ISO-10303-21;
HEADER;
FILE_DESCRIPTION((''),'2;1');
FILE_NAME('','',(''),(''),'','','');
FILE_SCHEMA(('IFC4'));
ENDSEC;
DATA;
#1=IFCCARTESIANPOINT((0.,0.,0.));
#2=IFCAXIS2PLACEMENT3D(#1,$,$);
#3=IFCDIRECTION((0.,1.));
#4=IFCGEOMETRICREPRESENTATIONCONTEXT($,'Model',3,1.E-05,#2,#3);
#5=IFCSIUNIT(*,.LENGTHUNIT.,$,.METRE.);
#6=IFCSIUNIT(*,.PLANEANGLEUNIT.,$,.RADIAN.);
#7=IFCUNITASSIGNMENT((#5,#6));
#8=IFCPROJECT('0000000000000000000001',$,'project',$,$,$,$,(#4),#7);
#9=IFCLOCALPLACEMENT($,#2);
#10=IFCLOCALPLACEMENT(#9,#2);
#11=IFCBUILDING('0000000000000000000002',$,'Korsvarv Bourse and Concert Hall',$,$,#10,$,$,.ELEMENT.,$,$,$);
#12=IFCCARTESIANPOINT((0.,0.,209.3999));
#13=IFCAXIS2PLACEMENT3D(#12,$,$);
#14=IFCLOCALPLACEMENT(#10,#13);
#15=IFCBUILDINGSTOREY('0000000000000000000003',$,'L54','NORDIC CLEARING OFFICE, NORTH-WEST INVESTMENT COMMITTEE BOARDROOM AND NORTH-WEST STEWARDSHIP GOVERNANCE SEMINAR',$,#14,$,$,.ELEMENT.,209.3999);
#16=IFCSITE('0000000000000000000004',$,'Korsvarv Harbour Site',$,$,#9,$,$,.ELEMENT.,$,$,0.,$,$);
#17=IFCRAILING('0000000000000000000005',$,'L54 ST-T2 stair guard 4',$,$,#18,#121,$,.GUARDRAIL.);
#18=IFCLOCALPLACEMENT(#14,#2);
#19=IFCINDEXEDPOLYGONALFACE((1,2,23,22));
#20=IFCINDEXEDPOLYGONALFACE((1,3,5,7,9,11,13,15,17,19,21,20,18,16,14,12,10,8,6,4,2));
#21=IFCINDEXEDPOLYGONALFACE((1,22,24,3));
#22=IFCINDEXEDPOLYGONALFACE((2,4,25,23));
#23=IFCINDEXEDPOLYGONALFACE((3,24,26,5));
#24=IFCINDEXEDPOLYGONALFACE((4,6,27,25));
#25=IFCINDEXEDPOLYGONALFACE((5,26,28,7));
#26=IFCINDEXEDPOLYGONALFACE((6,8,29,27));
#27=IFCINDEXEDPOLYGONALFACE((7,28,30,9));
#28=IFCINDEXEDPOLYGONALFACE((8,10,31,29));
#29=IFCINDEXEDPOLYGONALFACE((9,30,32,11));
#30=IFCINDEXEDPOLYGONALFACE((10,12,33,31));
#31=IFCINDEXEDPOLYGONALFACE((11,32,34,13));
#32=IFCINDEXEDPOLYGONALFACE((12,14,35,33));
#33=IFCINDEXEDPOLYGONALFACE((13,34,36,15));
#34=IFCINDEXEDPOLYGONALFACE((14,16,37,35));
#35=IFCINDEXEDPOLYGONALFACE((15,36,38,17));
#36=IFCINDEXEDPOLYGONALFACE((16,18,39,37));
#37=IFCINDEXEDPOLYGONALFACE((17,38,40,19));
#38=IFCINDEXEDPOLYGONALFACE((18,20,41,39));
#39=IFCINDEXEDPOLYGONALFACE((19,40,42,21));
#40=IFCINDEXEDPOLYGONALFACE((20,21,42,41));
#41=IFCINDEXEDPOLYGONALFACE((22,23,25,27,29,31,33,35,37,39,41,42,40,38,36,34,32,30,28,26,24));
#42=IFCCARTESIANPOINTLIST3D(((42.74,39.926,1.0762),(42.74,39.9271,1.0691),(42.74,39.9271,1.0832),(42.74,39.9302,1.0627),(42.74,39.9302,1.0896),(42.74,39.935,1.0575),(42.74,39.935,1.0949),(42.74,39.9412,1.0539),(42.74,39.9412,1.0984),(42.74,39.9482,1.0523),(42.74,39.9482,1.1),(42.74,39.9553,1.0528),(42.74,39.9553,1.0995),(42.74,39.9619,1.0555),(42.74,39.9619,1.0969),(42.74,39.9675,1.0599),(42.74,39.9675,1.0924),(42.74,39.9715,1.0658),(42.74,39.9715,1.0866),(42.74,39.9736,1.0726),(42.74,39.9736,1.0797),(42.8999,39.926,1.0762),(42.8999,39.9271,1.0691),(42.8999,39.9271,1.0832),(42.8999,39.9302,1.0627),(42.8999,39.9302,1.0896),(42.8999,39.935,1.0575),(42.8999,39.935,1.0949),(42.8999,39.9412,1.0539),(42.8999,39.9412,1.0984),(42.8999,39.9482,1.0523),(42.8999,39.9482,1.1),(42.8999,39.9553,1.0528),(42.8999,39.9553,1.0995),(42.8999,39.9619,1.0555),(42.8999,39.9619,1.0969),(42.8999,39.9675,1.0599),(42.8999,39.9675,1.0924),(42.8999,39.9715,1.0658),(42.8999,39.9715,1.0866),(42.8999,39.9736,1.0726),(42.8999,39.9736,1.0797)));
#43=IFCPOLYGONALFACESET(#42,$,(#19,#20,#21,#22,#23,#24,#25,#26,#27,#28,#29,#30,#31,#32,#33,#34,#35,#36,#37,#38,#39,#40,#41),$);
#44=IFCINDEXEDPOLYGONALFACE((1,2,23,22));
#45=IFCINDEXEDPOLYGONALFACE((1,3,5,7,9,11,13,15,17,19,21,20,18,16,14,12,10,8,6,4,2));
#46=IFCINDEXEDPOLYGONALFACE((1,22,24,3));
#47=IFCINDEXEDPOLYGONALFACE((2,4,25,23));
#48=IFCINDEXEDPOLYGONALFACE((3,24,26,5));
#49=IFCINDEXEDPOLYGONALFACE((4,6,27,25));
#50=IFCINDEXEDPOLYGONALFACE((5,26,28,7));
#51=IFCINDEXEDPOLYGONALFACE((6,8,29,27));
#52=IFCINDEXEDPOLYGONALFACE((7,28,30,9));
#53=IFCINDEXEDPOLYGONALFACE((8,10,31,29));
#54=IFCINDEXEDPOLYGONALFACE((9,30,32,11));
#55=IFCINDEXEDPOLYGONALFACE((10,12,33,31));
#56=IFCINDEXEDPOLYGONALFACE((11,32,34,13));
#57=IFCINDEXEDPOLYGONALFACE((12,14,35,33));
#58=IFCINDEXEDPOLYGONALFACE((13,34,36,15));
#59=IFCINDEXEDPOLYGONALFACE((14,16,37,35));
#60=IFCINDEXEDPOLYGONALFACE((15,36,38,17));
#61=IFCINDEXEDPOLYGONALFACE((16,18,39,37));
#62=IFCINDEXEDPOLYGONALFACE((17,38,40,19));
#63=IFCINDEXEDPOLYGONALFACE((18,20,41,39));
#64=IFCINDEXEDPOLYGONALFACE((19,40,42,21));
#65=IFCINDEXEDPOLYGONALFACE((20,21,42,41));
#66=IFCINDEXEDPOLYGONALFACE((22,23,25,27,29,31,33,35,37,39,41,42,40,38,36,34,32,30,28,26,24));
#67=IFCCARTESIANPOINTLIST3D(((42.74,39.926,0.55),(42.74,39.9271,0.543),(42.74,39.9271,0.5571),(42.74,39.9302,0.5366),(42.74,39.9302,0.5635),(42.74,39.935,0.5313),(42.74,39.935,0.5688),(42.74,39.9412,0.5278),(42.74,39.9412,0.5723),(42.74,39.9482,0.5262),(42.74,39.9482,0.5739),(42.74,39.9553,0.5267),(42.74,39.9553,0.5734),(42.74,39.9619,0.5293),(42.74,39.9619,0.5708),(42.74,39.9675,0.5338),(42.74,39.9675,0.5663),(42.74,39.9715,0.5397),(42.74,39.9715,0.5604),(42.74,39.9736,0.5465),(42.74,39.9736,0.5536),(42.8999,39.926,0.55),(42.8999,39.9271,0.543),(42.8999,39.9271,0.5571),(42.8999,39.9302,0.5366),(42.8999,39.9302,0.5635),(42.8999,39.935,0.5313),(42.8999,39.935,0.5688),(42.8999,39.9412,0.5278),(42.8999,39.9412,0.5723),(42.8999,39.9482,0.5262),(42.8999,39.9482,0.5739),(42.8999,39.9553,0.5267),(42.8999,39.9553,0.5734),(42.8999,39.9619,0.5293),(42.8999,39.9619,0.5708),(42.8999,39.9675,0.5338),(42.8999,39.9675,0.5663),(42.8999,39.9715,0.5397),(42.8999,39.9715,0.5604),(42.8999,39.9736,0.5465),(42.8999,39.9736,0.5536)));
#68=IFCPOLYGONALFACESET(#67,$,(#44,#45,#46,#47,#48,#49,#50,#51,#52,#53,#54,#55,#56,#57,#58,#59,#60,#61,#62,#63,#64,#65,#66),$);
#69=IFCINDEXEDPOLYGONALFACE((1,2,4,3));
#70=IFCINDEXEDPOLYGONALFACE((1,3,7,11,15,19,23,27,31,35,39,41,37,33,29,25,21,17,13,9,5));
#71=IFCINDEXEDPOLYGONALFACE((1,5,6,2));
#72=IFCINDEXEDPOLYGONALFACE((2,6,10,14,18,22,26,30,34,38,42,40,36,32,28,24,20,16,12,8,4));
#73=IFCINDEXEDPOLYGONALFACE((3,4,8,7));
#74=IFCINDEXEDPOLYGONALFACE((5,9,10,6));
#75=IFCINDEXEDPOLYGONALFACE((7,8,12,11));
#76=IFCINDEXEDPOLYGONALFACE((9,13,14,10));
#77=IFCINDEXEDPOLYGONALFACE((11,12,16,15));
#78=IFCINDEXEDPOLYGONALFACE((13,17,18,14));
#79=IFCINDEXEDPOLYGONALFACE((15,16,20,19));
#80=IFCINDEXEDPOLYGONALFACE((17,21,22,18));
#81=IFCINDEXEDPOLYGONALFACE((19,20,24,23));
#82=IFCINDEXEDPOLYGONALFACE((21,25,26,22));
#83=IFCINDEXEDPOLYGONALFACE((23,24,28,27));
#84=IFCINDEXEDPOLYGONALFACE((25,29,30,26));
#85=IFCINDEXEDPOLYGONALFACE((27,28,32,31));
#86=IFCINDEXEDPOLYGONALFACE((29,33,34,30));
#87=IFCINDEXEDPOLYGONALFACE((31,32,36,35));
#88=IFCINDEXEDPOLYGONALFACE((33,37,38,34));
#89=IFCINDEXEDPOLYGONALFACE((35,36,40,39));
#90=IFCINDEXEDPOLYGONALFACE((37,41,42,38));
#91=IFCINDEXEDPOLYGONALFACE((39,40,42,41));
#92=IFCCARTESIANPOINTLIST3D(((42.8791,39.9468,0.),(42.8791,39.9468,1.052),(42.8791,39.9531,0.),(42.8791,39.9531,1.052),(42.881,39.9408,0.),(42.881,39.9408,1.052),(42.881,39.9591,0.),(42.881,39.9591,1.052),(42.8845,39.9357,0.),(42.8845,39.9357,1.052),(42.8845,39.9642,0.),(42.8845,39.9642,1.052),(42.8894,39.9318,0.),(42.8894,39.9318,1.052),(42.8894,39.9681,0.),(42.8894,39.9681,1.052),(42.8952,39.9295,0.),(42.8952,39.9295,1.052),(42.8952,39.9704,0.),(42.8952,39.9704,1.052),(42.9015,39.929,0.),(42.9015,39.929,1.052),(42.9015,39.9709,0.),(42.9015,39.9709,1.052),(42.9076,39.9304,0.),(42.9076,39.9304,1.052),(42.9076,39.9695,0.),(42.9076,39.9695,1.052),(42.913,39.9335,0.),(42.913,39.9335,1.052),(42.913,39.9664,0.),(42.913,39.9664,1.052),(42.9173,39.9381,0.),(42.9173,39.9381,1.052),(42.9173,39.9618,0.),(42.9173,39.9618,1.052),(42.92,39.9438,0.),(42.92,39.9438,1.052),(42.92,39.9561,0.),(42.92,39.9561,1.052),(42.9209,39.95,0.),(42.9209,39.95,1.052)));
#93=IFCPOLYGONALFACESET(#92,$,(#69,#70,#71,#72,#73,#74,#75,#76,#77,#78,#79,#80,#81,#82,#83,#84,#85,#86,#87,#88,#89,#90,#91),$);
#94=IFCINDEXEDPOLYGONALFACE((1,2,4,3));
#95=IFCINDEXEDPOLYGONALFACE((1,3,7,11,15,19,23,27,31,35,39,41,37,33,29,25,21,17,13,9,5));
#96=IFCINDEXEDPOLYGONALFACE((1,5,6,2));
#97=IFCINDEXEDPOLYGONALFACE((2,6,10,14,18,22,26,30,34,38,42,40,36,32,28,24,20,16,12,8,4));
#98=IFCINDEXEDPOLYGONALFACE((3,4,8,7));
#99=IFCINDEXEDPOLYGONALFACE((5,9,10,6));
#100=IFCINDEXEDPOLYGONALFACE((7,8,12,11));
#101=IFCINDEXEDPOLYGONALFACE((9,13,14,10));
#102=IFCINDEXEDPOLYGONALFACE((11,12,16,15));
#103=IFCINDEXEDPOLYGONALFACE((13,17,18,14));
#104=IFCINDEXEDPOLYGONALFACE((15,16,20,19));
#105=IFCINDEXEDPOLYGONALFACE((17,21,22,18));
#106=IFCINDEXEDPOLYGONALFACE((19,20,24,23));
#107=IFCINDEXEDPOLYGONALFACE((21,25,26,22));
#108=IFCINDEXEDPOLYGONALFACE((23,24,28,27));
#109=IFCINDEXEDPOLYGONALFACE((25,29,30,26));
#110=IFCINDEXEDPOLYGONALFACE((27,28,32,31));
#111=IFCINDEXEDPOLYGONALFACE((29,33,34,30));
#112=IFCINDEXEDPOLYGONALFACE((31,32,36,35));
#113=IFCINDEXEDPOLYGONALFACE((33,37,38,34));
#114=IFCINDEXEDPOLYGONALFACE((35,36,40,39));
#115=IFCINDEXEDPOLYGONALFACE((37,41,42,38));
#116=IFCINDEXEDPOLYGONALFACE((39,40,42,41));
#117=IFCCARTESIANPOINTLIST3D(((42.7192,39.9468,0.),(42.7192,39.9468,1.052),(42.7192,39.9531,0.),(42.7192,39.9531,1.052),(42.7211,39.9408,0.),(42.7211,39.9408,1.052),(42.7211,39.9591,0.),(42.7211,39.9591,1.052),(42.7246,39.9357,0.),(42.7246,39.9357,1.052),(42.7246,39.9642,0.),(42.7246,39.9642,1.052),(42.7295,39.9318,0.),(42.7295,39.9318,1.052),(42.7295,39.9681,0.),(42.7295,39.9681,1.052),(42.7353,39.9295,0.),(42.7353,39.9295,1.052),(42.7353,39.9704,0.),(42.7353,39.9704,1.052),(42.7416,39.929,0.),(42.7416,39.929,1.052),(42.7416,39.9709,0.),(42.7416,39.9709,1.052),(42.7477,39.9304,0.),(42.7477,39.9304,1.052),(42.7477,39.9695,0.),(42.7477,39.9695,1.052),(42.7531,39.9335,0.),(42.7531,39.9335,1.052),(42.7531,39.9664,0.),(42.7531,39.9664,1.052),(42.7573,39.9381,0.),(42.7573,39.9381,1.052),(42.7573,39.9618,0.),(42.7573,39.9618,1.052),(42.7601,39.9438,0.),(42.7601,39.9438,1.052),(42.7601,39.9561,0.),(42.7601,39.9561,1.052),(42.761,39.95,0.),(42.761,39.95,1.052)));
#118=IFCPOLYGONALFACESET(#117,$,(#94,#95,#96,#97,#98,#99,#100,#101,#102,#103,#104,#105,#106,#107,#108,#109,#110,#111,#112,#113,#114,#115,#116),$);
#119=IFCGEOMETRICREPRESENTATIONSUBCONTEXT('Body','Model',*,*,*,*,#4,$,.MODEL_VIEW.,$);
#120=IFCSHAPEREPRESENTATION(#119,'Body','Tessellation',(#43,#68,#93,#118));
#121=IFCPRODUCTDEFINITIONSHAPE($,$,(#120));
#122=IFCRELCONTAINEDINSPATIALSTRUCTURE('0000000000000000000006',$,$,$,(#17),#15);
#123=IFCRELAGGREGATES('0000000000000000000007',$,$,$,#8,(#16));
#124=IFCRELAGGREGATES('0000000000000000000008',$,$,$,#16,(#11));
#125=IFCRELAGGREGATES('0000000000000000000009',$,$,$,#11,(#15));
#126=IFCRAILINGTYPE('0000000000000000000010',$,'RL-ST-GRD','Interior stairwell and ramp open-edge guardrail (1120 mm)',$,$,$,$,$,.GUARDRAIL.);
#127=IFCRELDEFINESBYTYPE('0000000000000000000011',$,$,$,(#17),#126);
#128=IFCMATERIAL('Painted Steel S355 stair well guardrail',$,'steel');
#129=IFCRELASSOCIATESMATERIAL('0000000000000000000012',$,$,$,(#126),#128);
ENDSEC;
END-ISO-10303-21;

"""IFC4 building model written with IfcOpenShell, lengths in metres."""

from ifc_helpers import new_model, si_unit, direction, frame, origin, origin_2d, place, context, subcontext, project, spatial, circle, extrude, material, type_object, element, save


model = new_model("IFC4")

# Units and contexts
model_context = context("Model", 3, precision=1e-05, world=origin(), true_north=direction((0.0, 1.0)))
body_context = subcontext(model_context, "Body", "Model", "MODEL_VIEW")
ifc_project = project(units=[si_unit("LENGTHUNIT", "METRE"), si_unit("PLANEANGLEUNIT", "RADIAN")], contexts=[model_context])

# Site, building, storey
site_placement = place(None, origin())
site = spatial("IfcSite", under=ifc_project, at=site_placement, Name="Korsvarv Harbour Site", CompositionType="ELEMENT", RefElevation=0.0)
building_placement = place(site_placement, origin())
building = spatial("IfcBuilding", under=site, at=building_placement, Name="Korsvarv Bourse and Concert Hall", CompositionType="ELEMENT")
storey_placement = place(building_placement, frame((0.0, 0.0, 209.3999)))
storey = spatial("IfcBuildingStorey", under=building, at=storey_placement, Name="L54", Description="NORDIC CLEARING OFFICE, NORTH-WEST INVESTMENT COMMITTEE BOARDROOM AND NORTH-WEST STEWARDSHIP GOVERNANCE SEMINAR", CompositionType="ELEMENT", Elevation=209.3999)

# Railing
ifc_material_1 = material(Name="Painted Steel S355 stair well guardrail", Category="steel")
railing_type_1 = type_object("IfcRailingType", Name="RL-ST-GRD", Description="Interior stairwell and ramp open-edge guardrail (1120 mm)", PredefinedType="GUARDRAIL", material=ifc_material_1)
railing_1_placement = place(storey_placement, frame((42.8999, 39.95, 0.0)))
element("IfcRailing", 1, at=railing_1_placement, inside=storey, type_object=railing_type_1, Name="L54 ST-T2 stair guard 4", PredefinedType="GUARDRAIL", context=body_context, shape_type="SweptSolid", body=[
    extrude(circle(Radius=0.0239, at=origin_2d()), frame((0.0, 0.0, 1.0762), z_axis=(-1.0, 0.0, 0.0), x_axis=(0.0, -1.0, 0.0)), (0.0, 0.0, 1.0), 0.1599),
    extrude(circle(Radius=0.0239, at=origin_2d()), frame((0.0, 0.0, 0.55), z_axis=(-1.0, 0.0, 0.0), x_axis=(0.0, -1.0, 0.0)), (0.0, 0.0, 1.0), 0.1599),
    extrude(circle(Radius=0.021, at=origin_2d()), origin(), (0.0, 0.0, 1.0), 1.052),
    extrude(circle(Radius=0.021, at=origin_2d()), frame((-0.1599, 0.0, 0.0)), (0.0, 0.0, 1.0), 1.052),
])

save(model, "model.ifc")
